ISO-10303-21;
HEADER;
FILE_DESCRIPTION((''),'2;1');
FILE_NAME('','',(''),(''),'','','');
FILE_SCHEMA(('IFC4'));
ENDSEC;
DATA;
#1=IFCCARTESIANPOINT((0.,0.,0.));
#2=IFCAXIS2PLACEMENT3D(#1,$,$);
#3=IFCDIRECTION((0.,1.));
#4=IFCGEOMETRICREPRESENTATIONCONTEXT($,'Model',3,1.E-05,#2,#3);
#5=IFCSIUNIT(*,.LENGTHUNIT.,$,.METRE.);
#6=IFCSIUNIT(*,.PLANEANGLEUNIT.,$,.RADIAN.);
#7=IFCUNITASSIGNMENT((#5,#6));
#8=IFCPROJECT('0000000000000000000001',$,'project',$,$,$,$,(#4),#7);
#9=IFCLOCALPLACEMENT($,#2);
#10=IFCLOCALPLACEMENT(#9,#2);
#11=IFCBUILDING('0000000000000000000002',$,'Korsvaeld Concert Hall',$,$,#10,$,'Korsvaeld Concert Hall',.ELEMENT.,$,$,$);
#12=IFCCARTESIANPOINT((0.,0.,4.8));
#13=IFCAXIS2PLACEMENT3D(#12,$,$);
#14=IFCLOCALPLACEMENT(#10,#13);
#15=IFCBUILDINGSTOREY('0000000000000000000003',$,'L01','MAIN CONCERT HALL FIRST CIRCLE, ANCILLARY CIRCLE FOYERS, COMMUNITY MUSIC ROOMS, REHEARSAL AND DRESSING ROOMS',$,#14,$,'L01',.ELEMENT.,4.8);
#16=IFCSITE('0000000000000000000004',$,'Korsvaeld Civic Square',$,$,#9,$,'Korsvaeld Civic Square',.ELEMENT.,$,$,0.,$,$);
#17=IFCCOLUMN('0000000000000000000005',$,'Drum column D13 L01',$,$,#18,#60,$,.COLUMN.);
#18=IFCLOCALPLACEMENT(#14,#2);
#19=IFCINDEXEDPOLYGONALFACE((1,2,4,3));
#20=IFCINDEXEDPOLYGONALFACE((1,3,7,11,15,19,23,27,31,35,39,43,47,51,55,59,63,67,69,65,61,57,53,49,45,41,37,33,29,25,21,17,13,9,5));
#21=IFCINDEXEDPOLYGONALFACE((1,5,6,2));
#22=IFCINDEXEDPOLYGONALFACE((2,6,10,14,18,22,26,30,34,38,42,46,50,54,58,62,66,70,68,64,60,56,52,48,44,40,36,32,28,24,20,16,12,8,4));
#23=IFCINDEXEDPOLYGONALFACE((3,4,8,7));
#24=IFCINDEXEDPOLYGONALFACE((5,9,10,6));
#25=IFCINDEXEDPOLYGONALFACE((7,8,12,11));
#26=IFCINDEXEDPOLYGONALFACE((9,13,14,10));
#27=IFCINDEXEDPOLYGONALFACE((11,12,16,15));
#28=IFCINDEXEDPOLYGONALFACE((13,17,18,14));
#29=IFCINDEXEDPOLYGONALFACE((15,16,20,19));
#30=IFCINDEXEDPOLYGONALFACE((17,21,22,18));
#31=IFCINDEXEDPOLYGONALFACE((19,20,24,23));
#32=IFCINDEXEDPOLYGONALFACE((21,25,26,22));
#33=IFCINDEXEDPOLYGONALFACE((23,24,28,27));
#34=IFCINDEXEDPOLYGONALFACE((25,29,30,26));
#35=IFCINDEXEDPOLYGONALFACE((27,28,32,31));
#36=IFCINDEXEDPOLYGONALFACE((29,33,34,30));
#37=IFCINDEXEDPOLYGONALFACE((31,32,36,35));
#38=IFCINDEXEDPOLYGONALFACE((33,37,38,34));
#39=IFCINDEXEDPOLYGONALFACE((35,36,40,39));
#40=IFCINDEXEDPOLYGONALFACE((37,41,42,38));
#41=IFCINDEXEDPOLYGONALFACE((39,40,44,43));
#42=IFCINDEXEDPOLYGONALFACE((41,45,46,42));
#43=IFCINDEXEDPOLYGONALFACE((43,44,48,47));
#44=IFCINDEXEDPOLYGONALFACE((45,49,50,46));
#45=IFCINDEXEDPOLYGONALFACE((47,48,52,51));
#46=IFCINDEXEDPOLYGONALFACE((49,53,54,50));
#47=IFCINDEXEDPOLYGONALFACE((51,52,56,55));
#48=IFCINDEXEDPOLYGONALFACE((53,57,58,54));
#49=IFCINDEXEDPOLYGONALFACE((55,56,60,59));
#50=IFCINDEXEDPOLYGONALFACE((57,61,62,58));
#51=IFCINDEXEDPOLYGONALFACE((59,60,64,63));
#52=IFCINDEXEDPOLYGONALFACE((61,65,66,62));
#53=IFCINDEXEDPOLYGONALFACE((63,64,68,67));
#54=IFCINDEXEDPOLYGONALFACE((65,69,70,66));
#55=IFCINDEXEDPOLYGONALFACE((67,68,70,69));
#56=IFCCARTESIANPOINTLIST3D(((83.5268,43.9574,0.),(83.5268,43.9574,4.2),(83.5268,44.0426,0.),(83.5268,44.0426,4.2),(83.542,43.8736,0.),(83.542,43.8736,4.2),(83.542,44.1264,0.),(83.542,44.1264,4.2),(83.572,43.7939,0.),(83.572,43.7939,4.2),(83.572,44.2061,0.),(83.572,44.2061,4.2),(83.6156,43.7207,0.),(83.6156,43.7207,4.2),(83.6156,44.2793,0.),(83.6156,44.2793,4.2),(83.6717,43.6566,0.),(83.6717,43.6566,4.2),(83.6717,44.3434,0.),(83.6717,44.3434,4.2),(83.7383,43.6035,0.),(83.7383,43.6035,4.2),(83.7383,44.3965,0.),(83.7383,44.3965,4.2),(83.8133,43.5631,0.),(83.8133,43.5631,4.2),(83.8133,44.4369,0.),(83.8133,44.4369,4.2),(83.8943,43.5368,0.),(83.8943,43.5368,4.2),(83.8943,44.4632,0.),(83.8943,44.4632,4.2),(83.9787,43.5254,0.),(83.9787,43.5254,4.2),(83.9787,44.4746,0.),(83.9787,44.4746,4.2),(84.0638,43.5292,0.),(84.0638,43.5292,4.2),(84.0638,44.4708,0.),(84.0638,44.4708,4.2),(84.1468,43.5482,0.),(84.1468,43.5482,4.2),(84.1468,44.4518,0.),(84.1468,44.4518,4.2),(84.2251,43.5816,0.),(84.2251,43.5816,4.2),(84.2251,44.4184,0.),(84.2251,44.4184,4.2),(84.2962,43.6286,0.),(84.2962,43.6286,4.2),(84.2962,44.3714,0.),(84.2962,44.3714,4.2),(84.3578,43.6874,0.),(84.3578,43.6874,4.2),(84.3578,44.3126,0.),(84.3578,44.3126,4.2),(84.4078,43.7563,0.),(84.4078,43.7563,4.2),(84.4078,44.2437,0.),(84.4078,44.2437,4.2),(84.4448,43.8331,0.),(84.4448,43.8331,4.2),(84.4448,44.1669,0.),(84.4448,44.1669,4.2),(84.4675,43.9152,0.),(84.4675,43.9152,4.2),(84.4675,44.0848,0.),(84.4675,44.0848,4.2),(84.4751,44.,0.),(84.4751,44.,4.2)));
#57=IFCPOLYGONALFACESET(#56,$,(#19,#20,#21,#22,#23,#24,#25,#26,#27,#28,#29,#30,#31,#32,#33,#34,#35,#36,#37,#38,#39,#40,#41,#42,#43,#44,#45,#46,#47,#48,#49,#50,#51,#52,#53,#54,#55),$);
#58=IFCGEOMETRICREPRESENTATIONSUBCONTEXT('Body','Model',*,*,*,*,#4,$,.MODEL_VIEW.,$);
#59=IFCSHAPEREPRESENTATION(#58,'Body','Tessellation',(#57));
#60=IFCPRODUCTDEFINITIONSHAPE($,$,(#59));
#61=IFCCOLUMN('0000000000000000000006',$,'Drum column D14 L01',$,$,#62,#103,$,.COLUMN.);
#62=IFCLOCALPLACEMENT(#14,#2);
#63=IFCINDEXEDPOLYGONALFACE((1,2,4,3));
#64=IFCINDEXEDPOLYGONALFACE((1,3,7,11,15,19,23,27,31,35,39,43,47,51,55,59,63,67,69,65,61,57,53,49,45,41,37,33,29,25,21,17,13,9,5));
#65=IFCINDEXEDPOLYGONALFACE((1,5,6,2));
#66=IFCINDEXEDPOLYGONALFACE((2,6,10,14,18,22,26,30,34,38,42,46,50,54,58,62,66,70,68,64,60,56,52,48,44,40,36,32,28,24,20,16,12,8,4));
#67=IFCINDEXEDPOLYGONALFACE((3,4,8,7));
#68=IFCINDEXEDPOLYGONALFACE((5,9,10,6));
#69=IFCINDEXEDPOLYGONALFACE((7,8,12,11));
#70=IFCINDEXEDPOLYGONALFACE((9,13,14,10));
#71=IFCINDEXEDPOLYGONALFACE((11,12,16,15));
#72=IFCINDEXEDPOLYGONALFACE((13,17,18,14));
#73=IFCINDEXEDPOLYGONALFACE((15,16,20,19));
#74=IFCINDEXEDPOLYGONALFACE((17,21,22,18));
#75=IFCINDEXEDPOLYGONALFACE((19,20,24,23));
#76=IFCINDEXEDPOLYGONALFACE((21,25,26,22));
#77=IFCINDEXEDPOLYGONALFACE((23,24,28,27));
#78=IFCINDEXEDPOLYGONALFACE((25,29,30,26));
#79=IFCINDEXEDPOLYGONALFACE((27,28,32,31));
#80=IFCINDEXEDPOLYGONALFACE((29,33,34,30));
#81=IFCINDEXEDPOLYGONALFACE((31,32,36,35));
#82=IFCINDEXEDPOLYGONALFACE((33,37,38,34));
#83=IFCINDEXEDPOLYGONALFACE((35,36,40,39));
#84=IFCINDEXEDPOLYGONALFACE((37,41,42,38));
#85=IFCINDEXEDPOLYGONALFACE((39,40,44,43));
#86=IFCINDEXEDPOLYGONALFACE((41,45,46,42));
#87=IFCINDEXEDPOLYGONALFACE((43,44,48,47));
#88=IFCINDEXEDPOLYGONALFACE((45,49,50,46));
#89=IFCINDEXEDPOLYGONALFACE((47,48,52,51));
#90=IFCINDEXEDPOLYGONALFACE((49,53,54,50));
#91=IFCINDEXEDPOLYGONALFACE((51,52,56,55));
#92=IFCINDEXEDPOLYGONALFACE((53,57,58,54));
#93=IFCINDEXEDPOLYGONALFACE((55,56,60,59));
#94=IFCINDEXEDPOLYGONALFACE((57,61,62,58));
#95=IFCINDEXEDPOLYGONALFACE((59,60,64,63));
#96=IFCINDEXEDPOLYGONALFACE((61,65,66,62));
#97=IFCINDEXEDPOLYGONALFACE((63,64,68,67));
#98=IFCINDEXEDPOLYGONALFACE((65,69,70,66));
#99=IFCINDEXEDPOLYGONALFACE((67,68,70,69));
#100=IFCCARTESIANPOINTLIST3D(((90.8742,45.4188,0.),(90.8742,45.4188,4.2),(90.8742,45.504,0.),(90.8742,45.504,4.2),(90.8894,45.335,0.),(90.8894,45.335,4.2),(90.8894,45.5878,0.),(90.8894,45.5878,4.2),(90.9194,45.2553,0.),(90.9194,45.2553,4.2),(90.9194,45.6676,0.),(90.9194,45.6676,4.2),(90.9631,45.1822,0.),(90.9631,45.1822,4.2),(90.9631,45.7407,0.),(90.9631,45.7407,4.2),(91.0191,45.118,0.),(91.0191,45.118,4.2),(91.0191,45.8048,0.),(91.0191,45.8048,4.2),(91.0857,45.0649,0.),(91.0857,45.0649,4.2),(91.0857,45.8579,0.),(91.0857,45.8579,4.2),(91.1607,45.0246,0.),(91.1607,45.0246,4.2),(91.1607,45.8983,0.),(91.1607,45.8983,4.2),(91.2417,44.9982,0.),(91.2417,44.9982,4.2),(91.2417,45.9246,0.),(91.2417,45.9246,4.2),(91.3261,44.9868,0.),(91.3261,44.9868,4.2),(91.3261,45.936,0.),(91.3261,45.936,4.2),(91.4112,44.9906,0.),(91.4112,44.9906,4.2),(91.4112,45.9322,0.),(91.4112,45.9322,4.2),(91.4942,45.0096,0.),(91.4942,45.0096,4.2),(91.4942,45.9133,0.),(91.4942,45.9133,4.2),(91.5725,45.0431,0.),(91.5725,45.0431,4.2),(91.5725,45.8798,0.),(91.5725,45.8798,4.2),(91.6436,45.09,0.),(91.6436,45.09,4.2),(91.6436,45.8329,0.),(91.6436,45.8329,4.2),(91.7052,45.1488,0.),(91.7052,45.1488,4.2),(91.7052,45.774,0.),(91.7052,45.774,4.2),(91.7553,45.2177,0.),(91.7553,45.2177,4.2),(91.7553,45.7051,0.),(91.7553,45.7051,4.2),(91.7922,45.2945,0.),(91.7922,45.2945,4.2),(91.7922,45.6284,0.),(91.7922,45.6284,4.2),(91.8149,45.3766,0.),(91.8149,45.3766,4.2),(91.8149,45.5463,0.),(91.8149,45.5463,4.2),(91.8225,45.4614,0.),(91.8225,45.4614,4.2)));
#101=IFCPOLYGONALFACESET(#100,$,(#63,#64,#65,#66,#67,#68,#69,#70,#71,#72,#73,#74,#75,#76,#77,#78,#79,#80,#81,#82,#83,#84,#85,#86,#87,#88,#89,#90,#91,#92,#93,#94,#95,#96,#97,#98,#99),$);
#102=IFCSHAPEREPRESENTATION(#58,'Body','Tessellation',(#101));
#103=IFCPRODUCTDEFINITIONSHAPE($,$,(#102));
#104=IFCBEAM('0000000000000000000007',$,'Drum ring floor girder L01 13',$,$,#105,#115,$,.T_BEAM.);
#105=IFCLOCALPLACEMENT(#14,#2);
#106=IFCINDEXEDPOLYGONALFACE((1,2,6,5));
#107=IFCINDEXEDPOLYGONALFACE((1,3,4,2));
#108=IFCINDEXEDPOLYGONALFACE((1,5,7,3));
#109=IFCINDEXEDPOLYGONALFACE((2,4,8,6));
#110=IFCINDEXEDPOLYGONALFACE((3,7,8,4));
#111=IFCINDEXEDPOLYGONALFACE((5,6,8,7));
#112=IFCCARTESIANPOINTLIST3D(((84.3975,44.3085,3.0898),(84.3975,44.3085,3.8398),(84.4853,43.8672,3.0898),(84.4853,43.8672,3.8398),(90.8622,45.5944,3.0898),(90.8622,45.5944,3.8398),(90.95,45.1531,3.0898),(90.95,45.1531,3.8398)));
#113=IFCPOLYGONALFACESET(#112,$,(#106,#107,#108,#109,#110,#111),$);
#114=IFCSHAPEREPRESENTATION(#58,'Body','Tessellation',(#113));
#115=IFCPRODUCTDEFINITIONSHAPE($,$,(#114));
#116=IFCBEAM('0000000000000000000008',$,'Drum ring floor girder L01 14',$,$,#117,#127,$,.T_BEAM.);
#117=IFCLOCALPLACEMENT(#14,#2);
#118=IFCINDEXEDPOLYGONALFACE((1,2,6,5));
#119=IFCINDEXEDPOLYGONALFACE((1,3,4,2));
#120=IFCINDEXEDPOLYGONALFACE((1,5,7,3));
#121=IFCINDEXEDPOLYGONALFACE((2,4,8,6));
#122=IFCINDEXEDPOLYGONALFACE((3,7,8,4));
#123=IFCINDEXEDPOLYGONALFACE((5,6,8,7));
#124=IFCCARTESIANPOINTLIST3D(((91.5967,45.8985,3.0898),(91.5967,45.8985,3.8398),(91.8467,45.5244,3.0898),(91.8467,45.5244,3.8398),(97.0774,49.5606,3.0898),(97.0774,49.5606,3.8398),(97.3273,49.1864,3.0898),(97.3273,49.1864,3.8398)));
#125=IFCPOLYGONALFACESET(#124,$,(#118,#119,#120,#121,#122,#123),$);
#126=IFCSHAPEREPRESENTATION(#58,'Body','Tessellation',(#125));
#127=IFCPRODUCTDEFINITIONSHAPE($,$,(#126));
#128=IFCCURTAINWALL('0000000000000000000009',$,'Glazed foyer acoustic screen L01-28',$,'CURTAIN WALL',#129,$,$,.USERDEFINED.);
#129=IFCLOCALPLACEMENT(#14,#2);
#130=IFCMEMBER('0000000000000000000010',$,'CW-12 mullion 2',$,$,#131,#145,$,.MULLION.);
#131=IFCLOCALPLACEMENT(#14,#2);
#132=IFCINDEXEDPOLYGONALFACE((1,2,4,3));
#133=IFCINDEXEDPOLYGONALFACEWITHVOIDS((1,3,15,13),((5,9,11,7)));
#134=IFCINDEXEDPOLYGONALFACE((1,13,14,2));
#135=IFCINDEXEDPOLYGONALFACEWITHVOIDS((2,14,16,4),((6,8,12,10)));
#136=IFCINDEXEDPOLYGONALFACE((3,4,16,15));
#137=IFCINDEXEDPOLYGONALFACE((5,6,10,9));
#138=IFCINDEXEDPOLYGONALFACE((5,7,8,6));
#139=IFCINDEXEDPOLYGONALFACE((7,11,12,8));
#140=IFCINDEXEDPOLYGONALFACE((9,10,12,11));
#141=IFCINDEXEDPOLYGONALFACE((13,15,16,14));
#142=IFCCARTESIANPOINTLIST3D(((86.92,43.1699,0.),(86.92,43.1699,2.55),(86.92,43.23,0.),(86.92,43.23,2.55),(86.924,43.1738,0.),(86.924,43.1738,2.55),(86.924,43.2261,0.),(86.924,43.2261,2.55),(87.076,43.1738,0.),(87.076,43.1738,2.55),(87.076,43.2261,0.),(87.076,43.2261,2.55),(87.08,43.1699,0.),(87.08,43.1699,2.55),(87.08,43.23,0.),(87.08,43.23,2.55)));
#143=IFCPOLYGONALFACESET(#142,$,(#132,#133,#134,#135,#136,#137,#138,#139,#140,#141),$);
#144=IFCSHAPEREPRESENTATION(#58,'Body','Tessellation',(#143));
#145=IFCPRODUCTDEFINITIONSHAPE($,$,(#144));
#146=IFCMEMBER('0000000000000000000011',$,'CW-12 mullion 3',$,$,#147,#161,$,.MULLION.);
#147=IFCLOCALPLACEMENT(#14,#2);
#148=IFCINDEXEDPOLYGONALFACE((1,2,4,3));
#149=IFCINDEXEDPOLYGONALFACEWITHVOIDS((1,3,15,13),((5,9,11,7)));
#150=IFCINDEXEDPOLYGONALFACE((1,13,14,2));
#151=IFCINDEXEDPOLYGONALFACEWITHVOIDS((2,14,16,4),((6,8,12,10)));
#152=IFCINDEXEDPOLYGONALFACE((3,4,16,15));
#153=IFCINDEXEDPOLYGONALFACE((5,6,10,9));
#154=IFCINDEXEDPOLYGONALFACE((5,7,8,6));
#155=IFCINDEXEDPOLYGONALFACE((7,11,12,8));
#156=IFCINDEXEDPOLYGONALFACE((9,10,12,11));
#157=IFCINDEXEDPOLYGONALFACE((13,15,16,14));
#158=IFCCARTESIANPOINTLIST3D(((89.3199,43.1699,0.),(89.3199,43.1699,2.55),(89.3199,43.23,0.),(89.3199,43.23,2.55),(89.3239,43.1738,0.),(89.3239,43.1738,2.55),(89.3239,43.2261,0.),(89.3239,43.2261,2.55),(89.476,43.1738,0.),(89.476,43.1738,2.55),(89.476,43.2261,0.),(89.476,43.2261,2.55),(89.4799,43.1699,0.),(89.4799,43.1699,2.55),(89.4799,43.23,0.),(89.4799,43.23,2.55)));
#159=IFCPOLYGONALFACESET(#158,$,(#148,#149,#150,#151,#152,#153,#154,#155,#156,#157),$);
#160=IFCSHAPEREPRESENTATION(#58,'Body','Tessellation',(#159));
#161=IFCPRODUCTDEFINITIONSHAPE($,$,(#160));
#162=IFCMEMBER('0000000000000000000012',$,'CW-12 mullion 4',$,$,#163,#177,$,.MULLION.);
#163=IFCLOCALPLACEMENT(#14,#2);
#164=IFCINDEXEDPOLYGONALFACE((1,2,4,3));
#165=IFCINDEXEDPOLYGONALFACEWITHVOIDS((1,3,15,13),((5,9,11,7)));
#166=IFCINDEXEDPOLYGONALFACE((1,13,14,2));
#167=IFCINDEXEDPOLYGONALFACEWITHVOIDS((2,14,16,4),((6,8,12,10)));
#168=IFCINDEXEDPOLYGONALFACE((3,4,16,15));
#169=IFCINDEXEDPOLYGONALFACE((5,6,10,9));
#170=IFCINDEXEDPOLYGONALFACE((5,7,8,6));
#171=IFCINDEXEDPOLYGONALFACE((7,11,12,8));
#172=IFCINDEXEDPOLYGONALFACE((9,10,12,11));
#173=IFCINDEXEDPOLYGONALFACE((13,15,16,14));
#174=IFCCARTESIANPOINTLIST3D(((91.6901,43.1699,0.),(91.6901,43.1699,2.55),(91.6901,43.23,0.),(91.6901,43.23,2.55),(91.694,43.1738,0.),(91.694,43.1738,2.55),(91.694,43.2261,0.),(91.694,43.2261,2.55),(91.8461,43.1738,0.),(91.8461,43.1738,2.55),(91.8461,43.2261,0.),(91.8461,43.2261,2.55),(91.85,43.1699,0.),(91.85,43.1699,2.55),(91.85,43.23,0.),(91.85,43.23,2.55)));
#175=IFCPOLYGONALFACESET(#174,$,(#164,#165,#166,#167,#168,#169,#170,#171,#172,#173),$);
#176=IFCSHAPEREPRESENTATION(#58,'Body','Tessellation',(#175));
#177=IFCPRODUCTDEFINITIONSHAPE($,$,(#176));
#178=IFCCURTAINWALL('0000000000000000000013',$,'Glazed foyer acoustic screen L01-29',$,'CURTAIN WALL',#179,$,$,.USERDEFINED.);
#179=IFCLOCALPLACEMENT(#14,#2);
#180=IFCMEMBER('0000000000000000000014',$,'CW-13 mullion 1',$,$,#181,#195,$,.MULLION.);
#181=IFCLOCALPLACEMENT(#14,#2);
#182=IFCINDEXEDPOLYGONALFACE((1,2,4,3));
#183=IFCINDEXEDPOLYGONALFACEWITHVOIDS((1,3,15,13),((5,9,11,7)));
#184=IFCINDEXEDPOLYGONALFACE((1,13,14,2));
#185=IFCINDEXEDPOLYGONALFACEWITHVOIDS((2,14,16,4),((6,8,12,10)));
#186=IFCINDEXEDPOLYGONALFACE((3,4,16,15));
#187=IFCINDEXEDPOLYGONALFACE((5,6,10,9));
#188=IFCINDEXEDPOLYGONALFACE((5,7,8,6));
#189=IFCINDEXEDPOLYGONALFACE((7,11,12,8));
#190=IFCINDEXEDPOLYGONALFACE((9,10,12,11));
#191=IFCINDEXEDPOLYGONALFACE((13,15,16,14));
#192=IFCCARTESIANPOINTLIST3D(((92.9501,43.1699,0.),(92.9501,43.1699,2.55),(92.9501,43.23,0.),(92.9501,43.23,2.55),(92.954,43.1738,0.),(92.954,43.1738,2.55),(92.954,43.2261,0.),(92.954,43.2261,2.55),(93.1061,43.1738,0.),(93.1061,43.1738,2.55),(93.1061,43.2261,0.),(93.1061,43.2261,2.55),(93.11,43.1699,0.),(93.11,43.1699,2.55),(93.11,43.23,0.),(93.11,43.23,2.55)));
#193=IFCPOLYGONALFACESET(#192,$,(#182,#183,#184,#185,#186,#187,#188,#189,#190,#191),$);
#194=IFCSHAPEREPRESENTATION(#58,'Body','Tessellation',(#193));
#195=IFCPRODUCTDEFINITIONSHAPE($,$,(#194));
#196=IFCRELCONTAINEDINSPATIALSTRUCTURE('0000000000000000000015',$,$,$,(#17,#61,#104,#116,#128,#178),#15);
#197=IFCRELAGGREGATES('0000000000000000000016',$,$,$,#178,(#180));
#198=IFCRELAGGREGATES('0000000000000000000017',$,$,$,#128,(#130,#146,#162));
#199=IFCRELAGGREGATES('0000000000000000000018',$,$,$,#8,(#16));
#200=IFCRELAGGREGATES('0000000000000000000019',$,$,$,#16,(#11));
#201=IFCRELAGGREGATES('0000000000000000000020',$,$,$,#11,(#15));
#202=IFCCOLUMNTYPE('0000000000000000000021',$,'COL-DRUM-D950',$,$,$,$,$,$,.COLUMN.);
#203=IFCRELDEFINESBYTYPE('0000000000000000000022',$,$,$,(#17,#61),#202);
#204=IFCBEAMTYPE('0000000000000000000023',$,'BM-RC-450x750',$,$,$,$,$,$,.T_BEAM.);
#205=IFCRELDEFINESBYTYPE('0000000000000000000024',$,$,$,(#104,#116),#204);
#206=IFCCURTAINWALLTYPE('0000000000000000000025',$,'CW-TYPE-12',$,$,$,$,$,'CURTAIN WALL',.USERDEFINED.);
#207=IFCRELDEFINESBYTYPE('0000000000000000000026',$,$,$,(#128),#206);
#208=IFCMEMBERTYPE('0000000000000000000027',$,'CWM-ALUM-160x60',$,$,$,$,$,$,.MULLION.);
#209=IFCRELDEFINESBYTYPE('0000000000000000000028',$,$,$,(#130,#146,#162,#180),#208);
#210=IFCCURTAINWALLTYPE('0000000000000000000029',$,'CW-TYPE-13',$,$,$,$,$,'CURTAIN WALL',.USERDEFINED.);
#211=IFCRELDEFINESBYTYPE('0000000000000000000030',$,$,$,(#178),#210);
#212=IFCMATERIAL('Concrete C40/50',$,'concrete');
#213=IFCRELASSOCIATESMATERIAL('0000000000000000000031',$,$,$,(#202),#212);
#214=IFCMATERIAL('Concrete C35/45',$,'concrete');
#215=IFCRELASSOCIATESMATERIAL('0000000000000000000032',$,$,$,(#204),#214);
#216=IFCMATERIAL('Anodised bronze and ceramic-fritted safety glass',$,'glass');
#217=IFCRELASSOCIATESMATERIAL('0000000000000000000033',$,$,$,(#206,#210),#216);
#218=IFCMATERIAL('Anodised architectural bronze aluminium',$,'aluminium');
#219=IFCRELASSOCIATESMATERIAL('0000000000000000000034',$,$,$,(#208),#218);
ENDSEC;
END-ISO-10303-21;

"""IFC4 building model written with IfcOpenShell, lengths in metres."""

from ifc_helpers import new_model, si_unit, direction, frame, origin, origin_2d, place, context, subcontext, project, spatial, rectangle, hollow_rectangle, circle, extrude, material, material_profile, profile_set, type_object, element, aggregate, save


model = new_model("IFC4")

# Units and contexts
model_context = context("Model", 3, precision=1e-05, world=origin(), true_north=direction((0.0, 1.0)))
body_context = subcontext(model_context, "Body", "Model", "MODEL_VIEW")
ifc_project = project(units=[si_unit("LENGTHUNIT", "METRE"), si_unit("PLANEANGLEUNIT", "RADIAN")], contexts=[model_context])

# Site, building, storey
site_placement = place(None, origin())
site = spatial("IfcSite", under=ifc_project, at=site_placement, Name="Korsvaeld Civic Square", LongName="Korsvaeld Civic Square", CompositionType="ELEMENT", RefElevation=0.0)
building_placement = place(site_placement, origin())
building = spatial("IfcBuilding", under=site, at=building_placement, Name="Korsvaeld Concert Hall", LongName="Korsvaeld Concert Hall", CompositionType="ELEMENT")
storey_placement = place(building_placement, frame((0.0, 0.0, 4.8)))
storey = spatial("IfcBuildingStorey", under=building, at=storey_placement, Name="L01", Description="MAIN CONCERT HALL FIRST CIRCLE, ANCILLARY CIRCLE FOYERS, COMMUNITY MUSIC ROOMS, REHEARSAL AND DRESSING ROOMS", LongName="L01", CompositionType="ELEMENT", Elevation=4.8)

# Columns
ifc_material_1 = material(Name="Concrete C40/50", Category="concrete")
ifc_material_profile_1 = material_profile(ifc_material_1, circle(Radius=0.4751, at=origin_2d()), Name="RC D950")
ifc_profile_set_1 = profile_set([ifc_material_profile_1], Name="Concrete C40/50")
column_type = type_object("IfcColumnType", Name="COL-DRUM-D950", PredefinedType="COLUMN", material=ifc_profile_set_1)
for number, where, z_axis, x_axis, name in (
    (1, (84.0, 44.0, 0.0), (0.0, 0.0, 1.0), (1.0, 0.0, 0.0), "Drum column D13 L01"),
    (2, (91.3474, 45.4614, 0.0), (0.0, 0.0, 1.0), (1.0, 0.0, 0.0), "Drum column D14 L01"),
):
    element("IfcColumn", number, at=place(storey_placement, frame(where, z_axis=z_axis, x_axis=x_axis)), inside=storey, type_object=column_type, Name=name, PredefinedType="COLUMN", context=body_context, shape_type="SweptSolid", body=[
        extrude(circle(Radius=0.4751, at=origin_2d()), origin(), (0.0, 0.0, 1.0), 4.2),
    ])

# Beams
ifc_material_2 = material(Name="Concrete C35/45", Category="concrete")
ifc_material_profile_2 = material_profile(ifc_material_2, rectangle(XDim=0.45, YDim=0.75, at=origin_2d()), Name="RC 450x750")
ifc_profile_set_2 = profile_set([ifc_material_profile_2], Name="Concrete C35/45")
beam_type = type_object("IfcBeamType", Name="BM-RC-450x750", PredefinedType="T_BEAM", material=ifc_profile_set_2)
beam_1_placement = place(storey_placement, frame((84.4414, 44.0879, 3.4648), z_axis=(0.980785, 0.19509, 0.0), x_axis=(-0.19509, 0.980785, 0.0)))
element("IfcBeam", 3, at=beam_1_placement, inside=storey, type_object=beam_type, Name="Drum ring floor girder L01 13", PredefinedType="T_BEAM", context=body_context, shape_type="SweptSolid", body=[
    extrude(rectangle(XDim=0.45, YDim=0.75, at=origin_2d()), origin(), (0.0, 0.0, 1.0), 6.5913),
])
beam_2_placement = place(storey_placement, frame((91.7217, 45.7114, 3.4648), z_axis=(0.831469, 0.555572, 0.0), x_axis=(-0.555572, 0.831469, 0.0)))
element("IfcBeam", 4, at=beam_2_placement, inside=storey, type_object=beam_type, Name="Drum ring floor girder L01 14", PredefinedType="T_BEAM", context=body_context, shape_type="SweptSolid", body=[
    extrude(rectangle(XDim=0.45, YDim=0.75, at=origin_2d()), origin(), (0.0, 0.0, 1.0), 6.5916),
])

# Curtain wall, members
ifc_material_3 = material(Name="Anodised bronze and ceramic-fritted safety glass", Category="glass")
curtain_wall_type_1 = type_object("IfcCurtainWallType", Name="CW-TYPE-12", ElementType="CURTAIN WALL", PredefinedType="USERDEFINED", material=ifc_material_3)
curtain_wall_1_placement = place(storey_placement, origin())
curtain_wall_1 = element("IfcCurtainWall", 5, at=curtain_wall_1_placement, inside=storey, type_object=curtain_wall_type_1, Name="Glazed foyer acoustic screen L01-28", ObjectType="CURTAIN WALL", PredefinedType="USERDEFINED")
ifc_material_4 = material(Name="Anodised architectural bronze aluminium", Category="aluminium")
ifc_material_profile_3 = material_profile(ifc_material_4, hollow_rectangle(XDim=0.0601, YDim=0.1599, WallThickness=0.0039, at=origin_2d()), Name="CWM 160x60x4")
ifc_profile_set_3 = profile_set([ifc_material_profile_3], Name="Anodised architectural bronze aluminium")
member_type_1 = type_object("IfcMemberType", Name="CWM-ALUM-160x60", PredefinedType="MULLION", material=ifc_profile_set_3)
member_1_placement = place(storey_placement, frame((87.0, 43.2, 0.0), z_axis=(0.0, 0.0, 1.0), x_axis=(0.0, 1.0, 0.0)))
member_1 = element("IfcMember", 6, at=member_1_placement, type_object=member_type_1, Name="CW-12 mullion 2", PredefinedType="MULLION", context=body_context, shape_type="SweptSolid", body=[
    extrude(hollow_rectangle(XDim=0.0601, YDim=0.1599, WallThickness=0.0039, at=origin_2d()), origin(), (0.0, 0.0, 1.0), 2.55),
])
member_2_placement = place(storey_placement, frame((89.3999, 43.2, 0.0), z_axis=(0.0, 0.0, 1.0), x_axis=(0.0, 1.0, 0.0)))
member_2 = element("IfcMember", 7, at=member_2_placement, type_object=member_type_1, Name="CW-12 mullion 3", PredefinedType="MULLION", context=body_context, shape_type="SweptSolid", body=[
    extrude(hollow_rectangle(XDim=0.0601, YDim=0.1599, WallThickness=0.0039, at=origin_2d()), origin(), (0.0, 0.0, 1.0), 2.55),
])
member_3_placement = place(storey_placement, frame((91.77, 43.2, 0.0), z_axis=(0.0, 0.0, 1.0), x_axis=(0.0, 1.0, 0.0)))
member_3 = element("IfcMember", 8, at=member_3_placement, type_object=member_type_1, Name="CW-12 mullion 4", PredefinedType="MULLION", context=body_context, shape_type="SweptSolid", body=[
    extrude(hollow_rectangle(XDim=0.0601, YDim=0.1599, WallThickness=0.0039, at=origin_2d()), origin(), (0.0, 0.0, 1.0), 2.55),
])

# Curtain wall, member
curtain_wall_type_2 = type_object("IfcCurtainWallType", Name="CW-TYPE-13", ElementType="CURTAIN WALL", PredefinedType="USERDEFINED", material=ifc_material_3)
curtain_wall_2_placement = place(storey_placement, origin())
curtain_wall_2 = element("IfcCurtainWall", 9, at=curtain_wall_2_placement, inside=storey, type_object=curtain_wall_type_2, Name="Glazed foyer acoustic screen L01-29", ObjectType="CURTAIN WALL", PredefinedType="USERDEFINED")
member_4_placement = place(storey_placement, frame((93.03, 43.2, 0.0), z_axis=(0.0, 0.0, 1.0), x_axis=(0.0, 1.0, 0.0)))
member_4 = element("IfcMember", 10, at=member_4_placement, type_object=member_type_1, Name="CW-13 mullion 1", PredefinedType="MULLION", context=body_context, shape_type="SweptSolid", body=[
    extrude(hollow_rectangle(XDim=0.0601, YDim=0.1599, WallThickness=0.0039, at=origin_2d()), origin(), (0.0, 0.0, 1.0), 2.55),
])

aggregate(curtain_wall_2, [member_4])

aggregate(curtain_wall_1, [member_1, member_2, member_3])

save(model, "model.ifc")
